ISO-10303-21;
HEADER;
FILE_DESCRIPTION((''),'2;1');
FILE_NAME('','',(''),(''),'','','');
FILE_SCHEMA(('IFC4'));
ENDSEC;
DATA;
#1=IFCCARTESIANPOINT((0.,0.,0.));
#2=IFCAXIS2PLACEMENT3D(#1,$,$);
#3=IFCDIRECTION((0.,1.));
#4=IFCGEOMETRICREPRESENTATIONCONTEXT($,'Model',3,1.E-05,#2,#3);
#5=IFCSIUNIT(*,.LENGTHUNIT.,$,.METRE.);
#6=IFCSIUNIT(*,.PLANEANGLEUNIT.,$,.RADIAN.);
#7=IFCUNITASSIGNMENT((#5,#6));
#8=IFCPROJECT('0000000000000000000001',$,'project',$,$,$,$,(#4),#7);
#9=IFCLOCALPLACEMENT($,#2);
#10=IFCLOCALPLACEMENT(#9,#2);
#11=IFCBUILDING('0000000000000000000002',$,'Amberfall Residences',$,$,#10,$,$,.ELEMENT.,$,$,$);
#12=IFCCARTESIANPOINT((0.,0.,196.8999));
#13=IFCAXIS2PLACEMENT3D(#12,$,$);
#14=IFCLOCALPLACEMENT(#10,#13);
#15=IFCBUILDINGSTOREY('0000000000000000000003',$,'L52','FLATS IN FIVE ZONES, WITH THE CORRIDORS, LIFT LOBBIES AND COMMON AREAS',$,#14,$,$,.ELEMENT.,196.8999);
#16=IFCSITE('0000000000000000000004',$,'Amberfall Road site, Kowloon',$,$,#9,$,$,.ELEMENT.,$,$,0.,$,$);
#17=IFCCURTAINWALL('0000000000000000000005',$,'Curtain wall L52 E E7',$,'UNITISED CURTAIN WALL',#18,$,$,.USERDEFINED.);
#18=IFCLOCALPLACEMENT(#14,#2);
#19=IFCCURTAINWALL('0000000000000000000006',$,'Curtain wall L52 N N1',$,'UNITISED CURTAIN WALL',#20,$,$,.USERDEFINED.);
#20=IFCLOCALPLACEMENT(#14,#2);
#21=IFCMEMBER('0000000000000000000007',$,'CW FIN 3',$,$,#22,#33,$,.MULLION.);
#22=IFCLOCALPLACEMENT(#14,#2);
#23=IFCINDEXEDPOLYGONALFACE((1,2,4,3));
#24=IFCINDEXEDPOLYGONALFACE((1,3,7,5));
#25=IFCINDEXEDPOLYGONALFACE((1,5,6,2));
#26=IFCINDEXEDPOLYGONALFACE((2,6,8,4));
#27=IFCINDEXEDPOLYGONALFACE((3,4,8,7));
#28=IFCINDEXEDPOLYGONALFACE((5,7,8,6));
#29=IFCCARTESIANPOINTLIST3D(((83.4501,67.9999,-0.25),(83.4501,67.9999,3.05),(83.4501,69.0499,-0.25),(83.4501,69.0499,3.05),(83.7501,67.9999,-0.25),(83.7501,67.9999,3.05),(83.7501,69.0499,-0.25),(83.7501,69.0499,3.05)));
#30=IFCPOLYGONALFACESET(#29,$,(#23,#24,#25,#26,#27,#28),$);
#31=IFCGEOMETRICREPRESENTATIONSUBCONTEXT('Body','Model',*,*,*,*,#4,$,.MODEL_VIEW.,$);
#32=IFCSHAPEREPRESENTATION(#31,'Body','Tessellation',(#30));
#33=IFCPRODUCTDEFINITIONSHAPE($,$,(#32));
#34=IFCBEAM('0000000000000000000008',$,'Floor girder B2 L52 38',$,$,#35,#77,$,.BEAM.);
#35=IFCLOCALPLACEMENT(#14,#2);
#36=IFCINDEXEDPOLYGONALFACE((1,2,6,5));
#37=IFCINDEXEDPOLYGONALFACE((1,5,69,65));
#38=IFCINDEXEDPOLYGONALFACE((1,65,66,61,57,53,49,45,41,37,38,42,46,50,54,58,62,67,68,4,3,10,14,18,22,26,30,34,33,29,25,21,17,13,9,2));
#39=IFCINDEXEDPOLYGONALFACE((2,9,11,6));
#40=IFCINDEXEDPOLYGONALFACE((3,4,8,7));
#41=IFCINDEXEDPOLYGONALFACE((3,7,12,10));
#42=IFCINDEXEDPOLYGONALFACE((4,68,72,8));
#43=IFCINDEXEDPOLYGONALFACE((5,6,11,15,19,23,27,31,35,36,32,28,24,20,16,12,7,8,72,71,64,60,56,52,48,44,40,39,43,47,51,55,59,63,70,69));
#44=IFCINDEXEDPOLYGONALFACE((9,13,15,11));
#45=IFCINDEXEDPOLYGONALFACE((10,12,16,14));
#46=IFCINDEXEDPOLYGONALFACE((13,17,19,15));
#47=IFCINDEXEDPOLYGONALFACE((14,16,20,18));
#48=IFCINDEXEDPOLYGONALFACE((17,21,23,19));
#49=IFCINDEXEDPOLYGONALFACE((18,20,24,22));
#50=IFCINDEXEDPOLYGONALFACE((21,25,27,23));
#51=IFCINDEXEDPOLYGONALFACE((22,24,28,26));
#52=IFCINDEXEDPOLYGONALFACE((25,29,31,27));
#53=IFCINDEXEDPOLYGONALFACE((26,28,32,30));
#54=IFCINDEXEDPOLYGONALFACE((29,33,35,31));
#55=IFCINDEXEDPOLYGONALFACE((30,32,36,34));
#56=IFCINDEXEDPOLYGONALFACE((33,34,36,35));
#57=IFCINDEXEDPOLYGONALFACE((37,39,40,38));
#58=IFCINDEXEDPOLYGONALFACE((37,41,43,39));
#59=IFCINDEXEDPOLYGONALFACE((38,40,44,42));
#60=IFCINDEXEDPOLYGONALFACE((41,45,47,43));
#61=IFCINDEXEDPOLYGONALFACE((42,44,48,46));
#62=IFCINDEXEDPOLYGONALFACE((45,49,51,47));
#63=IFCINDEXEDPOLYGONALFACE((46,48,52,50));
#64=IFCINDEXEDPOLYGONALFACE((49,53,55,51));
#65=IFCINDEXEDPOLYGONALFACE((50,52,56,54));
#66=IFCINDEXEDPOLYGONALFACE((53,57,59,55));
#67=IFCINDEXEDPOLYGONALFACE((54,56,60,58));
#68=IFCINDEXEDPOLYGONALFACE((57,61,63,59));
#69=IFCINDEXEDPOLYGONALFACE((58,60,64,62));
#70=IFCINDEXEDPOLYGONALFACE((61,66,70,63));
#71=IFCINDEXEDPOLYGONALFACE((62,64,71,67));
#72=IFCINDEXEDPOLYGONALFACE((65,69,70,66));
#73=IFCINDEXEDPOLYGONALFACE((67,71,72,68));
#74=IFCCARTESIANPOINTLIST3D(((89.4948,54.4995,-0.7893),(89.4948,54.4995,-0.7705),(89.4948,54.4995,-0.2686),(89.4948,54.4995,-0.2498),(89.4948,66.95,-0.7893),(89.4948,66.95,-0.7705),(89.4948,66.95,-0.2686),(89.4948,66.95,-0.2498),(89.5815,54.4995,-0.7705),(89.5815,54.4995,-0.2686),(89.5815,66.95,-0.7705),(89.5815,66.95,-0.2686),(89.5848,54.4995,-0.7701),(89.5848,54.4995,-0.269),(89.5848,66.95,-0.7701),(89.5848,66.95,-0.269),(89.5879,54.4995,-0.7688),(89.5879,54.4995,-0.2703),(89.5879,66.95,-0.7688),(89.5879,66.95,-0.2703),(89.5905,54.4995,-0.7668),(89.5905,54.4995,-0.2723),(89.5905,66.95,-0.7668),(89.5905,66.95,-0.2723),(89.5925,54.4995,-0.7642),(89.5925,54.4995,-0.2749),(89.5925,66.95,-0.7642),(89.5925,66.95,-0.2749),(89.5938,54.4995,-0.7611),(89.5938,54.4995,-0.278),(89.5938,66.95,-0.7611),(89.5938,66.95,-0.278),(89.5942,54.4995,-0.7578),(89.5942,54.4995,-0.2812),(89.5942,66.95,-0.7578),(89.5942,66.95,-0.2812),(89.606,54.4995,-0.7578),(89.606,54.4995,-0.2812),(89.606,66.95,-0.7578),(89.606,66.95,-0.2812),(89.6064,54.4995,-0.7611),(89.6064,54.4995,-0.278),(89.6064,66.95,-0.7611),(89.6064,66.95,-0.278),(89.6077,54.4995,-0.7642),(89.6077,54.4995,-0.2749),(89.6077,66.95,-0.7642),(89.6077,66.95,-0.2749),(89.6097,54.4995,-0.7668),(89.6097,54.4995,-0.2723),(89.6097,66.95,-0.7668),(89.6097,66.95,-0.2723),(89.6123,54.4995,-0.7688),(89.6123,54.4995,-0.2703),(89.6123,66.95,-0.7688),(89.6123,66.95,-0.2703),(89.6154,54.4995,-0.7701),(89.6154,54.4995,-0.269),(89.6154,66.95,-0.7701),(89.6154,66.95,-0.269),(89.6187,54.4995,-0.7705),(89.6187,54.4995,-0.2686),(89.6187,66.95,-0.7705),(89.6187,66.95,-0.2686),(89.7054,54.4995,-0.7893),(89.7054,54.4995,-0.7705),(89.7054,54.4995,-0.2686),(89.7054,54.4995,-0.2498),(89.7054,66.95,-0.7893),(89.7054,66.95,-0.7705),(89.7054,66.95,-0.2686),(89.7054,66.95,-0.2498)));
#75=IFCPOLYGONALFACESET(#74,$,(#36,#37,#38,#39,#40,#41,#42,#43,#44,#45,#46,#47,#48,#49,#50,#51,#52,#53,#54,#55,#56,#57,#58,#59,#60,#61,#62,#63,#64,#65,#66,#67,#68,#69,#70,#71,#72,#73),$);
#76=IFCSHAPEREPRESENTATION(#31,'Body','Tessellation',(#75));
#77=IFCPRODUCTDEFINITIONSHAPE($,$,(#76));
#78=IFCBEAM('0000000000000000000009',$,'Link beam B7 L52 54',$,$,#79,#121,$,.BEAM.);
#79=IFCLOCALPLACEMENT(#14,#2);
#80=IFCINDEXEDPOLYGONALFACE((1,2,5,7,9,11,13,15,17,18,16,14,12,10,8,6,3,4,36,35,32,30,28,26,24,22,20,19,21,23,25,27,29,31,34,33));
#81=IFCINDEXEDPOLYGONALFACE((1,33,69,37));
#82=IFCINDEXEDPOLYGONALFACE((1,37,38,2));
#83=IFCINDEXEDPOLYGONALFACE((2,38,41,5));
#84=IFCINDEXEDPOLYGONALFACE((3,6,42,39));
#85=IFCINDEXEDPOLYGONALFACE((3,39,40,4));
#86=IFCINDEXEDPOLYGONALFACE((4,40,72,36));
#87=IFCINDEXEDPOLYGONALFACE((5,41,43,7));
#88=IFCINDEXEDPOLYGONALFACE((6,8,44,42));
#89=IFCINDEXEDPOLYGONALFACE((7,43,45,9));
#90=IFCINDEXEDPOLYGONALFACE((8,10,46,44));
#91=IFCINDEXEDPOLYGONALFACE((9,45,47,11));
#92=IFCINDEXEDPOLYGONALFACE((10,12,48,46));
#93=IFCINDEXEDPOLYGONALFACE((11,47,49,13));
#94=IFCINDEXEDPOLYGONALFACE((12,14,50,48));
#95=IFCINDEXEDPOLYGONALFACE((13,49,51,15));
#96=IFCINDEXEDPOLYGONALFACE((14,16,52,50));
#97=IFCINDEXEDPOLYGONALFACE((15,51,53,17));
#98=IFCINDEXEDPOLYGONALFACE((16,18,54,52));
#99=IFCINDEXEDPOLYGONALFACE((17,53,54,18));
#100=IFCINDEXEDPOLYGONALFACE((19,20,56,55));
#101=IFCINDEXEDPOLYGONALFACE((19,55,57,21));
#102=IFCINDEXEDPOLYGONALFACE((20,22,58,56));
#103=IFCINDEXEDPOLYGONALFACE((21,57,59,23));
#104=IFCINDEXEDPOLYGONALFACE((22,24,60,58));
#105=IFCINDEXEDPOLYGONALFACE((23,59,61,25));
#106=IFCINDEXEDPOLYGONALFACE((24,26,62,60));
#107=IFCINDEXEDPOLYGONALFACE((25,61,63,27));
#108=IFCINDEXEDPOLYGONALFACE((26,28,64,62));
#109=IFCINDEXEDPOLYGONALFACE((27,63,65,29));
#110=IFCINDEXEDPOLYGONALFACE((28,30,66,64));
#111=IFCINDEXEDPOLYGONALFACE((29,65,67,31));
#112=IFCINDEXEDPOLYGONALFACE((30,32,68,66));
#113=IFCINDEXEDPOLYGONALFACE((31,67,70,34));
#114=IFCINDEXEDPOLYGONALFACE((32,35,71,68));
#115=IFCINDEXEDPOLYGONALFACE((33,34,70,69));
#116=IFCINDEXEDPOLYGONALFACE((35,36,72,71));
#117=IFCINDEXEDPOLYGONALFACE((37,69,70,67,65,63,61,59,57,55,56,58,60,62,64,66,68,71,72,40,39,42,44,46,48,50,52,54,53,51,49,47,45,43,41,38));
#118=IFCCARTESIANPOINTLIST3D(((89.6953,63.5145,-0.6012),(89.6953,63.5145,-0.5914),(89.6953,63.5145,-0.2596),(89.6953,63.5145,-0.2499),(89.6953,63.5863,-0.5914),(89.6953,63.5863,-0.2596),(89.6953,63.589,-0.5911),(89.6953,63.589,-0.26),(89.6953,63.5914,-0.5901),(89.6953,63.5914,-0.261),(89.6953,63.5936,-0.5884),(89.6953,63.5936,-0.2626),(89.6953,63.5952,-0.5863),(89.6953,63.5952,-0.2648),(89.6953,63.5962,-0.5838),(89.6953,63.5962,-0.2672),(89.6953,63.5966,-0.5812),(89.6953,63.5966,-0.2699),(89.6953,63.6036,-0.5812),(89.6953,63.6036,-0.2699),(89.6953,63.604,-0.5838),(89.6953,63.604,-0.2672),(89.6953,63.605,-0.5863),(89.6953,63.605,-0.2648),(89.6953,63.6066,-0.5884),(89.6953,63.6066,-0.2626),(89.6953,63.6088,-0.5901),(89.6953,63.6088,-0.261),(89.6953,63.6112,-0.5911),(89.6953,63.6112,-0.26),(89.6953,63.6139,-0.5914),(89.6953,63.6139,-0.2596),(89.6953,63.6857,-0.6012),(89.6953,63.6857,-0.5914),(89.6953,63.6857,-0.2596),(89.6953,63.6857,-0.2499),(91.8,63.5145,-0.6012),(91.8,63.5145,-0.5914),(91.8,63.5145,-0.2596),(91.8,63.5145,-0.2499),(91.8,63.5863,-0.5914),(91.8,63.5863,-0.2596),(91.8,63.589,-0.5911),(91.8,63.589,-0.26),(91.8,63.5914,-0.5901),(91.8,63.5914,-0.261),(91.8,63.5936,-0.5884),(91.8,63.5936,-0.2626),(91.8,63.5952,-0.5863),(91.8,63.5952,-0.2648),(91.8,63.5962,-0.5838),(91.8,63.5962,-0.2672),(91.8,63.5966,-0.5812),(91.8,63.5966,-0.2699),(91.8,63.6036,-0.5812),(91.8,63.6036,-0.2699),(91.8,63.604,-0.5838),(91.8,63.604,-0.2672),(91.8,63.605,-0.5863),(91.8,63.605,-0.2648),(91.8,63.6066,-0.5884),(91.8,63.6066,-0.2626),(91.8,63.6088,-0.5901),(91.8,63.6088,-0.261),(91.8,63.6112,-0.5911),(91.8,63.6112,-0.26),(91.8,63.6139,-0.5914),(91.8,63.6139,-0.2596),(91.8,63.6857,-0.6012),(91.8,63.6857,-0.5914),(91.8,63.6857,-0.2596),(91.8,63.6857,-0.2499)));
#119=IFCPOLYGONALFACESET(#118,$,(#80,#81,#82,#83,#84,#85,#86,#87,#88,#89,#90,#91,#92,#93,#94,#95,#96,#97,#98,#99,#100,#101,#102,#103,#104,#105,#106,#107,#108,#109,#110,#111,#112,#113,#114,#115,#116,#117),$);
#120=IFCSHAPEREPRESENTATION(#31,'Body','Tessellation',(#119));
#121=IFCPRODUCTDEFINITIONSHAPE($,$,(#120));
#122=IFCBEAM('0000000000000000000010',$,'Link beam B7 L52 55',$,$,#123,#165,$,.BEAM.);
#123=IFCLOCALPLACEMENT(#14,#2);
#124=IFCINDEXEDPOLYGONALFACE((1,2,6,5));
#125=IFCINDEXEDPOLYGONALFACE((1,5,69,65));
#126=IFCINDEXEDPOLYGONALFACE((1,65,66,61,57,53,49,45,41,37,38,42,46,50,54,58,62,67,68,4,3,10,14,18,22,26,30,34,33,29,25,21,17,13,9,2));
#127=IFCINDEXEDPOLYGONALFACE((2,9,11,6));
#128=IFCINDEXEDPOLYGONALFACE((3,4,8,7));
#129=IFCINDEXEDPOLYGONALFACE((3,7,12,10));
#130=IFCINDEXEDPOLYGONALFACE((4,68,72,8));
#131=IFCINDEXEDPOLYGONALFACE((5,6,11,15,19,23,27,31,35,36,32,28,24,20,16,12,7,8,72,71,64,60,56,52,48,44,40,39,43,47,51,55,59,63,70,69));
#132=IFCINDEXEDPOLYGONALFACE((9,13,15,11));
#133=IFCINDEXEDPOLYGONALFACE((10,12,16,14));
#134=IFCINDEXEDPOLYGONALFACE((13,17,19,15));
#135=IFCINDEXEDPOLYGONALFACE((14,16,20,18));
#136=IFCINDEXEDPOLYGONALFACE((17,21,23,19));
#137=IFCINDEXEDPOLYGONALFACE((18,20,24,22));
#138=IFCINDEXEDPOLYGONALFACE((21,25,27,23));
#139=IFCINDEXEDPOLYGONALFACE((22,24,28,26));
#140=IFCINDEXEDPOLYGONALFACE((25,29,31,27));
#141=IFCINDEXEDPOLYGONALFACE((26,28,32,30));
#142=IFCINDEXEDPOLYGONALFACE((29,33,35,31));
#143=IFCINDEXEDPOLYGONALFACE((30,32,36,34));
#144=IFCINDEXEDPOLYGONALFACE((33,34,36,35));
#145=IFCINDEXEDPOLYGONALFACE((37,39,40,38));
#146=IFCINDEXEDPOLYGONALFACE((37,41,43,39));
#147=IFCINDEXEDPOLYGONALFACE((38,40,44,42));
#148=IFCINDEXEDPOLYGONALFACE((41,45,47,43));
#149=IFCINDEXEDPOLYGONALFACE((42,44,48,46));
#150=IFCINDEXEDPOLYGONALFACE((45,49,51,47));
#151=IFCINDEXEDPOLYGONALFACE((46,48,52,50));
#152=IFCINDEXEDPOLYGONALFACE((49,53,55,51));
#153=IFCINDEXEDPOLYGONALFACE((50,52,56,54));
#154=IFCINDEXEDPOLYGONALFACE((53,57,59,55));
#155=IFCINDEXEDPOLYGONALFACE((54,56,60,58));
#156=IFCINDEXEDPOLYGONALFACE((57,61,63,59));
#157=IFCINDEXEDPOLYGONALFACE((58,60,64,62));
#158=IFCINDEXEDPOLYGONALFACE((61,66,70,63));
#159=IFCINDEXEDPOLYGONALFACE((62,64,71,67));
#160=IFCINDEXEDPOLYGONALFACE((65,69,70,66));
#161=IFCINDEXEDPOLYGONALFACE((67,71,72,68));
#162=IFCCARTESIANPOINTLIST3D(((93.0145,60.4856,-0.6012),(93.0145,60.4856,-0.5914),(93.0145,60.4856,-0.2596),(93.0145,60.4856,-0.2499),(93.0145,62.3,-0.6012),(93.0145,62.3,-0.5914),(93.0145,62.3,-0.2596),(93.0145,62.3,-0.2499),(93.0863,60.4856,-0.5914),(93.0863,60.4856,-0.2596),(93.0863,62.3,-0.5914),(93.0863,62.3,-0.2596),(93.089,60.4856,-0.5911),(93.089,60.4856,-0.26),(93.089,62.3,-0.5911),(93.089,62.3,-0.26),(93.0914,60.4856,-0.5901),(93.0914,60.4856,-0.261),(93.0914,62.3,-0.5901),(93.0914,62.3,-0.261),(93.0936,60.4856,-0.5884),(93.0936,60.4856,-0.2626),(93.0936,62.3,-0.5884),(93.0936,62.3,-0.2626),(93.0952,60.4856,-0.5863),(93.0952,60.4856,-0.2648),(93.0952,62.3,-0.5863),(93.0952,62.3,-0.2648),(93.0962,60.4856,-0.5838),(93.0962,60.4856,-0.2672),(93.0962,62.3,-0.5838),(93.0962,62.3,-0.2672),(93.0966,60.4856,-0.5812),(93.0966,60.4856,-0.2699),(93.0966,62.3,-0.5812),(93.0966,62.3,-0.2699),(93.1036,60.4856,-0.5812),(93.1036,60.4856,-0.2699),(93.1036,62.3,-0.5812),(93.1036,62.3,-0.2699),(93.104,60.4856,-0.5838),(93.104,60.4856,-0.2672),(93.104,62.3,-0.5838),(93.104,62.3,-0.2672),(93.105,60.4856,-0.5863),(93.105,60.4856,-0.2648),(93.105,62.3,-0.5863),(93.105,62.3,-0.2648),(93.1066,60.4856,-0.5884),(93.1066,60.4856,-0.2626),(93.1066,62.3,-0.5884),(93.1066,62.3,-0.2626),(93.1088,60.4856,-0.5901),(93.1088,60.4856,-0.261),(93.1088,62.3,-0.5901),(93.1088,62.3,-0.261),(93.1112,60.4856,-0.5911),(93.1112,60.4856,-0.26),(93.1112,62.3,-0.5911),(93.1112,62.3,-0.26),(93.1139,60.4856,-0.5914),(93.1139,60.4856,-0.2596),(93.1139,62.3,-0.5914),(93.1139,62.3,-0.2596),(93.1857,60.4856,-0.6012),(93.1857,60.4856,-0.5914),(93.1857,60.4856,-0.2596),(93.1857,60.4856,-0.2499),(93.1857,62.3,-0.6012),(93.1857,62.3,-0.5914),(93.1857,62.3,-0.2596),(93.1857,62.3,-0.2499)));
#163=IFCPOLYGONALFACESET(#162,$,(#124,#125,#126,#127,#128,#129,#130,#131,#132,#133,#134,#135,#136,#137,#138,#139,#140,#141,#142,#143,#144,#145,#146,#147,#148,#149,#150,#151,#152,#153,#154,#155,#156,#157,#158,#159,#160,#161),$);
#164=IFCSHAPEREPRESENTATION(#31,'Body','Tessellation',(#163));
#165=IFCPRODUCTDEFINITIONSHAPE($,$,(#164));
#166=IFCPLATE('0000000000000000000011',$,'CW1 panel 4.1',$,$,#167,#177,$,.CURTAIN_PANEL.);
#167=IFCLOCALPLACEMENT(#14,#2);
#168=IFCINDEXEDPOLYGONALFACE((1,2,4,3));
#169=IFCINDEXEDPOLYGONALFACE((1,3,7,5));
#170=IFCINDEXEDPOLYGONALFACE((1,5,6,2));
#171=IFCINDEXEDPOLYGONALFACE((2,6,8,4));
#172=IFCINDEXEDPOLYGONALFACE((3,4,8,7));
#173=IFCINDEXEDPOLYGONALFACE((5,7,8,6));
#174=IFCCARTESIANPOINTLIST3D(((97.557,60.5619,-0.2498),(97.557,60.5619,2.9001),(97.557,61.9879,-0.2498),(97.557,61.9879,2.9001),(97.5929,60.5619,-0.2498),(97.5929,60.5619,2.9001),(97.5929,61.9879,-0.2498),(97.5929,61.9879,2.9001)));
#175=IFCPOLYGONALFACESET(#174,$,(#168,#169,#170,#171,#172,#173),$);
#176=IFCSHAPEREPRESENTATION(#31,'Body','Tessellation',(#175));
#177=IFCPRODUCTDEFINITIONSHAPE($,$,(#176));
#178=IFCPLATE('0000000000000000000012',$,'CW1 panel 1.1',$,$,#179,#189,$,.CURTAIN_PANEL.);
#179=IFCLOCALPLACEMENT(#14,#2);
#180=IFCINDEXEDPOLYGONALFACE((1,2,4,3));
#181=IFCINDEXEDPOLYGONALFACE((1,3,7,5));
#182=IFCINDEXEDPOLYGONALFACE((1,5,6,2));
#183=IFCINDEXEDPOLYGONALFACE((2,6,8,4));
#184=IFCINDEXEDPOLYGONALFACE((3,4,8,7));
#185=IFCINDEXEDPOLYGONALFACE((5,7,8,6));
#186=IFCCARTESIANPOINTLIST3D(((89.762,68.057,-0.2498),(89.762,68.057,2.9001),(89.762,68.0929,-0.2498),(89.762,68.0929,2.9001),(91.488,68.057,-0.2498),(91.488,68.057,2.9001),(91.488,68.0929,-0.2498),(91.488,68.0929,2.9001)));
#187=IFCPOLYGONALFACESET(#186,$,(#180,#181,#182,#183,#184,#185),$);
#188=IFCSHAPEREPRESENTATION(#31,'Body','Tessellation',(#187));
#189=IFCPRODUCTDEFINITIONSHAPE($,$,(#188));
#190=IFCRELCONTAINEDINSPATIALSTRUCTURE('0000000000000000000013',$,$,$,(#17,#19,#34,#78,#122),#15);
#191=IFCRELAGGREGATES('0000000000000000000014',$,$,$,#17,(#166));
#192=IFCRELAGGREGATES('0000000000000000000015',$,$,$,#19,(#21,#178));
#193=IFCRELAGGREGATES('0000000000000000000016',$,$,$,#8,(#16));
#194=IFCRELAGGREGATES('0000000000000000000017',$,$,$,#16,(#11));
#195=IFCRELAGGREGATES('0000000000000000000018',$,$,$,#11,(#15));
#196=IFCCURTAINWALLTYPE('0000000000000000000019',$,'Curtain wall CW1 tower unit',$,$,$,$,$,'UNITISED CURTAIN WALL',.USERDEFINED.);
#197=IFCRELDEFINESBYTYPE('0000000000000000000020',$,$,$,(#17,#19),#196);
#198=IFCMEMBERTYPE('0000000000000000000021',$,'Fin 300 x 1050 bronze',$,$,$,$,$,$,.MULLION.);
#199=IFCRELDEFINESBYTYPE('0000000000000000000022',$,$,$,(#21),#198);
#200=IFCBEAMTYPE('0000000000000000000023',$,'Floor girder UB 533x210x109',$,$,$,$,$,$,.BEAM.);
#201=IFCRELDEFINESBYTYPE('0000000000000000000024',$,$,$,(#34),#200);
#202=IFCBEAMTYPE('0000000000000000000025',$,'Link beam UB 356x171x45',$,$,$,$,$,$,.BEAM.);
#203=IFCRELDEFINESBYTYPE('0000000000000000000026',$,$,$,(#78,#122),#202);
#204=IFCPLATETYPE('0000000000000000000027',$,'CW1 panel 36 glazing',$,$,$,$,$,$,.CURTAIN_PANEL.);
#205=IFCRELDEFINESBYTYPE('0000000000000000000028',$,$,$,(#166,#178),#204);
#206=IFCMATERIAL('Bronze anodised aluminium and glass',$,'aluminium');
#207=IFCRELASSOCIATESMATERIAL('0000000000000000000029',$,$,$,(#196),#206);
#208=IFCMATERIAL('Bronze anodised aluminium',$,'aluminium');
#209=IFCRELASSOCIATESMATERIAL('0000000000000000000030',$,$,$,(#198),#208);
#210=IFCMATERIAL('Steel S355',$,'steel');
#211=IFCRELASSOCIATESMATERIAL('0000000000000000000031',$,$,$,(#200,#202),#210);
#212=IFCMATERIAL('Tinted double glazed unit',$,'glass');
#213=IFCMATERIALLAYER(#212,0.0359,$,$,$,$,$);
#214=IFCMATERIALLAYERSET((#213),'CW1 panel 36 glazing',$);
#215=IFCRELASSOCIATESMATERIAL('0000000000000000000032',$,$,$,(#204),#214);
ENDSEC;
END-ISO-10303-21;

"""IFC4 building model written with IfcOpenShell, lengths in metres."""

from ifc_helpers import new_model, si_unit, direction, frame, origin, origin_2d, place, context, subcontext, project, spatial, rectangle, i_section, extrude, material, layer, layer_set, material_profile, profile_set, type_object, element, aggregate, save


model = new_model("IFC4")

# Units and contexts
model_context = context("Model", 3, precision=1e-05, world=origin(), true_north=direction((0.0, 1.0)))
body_context = subcontext(model_context, "Body", "Model", "MODEL_VIEW")
ifc_project = project(units=[si_unit("LENGTHUNIT", "METRE"), si_unit("PLANEANGLEUNIT", "RADIAN")], contexts=[model_context])

# Site, building, storey
site_placement = place(None, origin())
site = spatial("IfcSite", under=ifc_project, at=site_placement, Name="Amberfall Road site, Kowloon", CompositionType="ELEMENT", RefElevation=0.0)
building_placement = place(site_placement, origin())
building = spatial("IfcBuilding", under=site, at=building_placement, Name="Amberfall Residences", CompositionType="ELEMENT")
storey_placement = place(building_placement, frame((0.0, 0.0, 196.8999)))
storey = spatial("IfcBuildingStorey", under=building, at=storey_placement, Name="L52", Description="FLATS IN FIVE ZONES, WITH THE CORRIDORS, LIFT LOBBIES AND COMMON AREAS", CompositionType="ELEMENT", Elevation=196.8999)

# Curtain wall
ifc_material_1 = material(Name="Bronze anodised aluminium and glass", Category="aluminium")
curtain_wall_type = type_object("IfcCurtainWallType", Name="Curtain wall CW1 tower unit", ElementType="UNITISED CURTAIN WALL", PredefinedType="USERDEFINED", material=ifc_material_1)
curtain_wall_1_placement = place(storey_placement, origin())
curtain_wall_1 = element("IfcCurtainWall", 1, at=curtain_wall_1_placement, inside=storey, type_object=curtain_wall_type, Name="Curtain wall L52 E E7", ObjectType="UNITISED CURTAIN WALL", PredefinedType="USERDEFINED")
ifc_material_2 = material(Name="Bronze anodised aluminium", Category="aluminium")

# Curtain wall
curtain_wall_2_placement = place(storey_placement, origin())
curtain_wall_2 = element("IfcCurtainWall", 2, at=curtain_wall_2_placement, inside=storey, type_object=curtain_wall_type, Name="Curtain wall L52 N N1", ObjectType="UNITISED CURTAIN WALL", PredefinedType="USERDEFINED")

# Shared definitions
ifc_material_3 = material(Name="Steel S355", Category="steel")

# Member
ifc_material_profile_1 = material_profile(ifc_material_2, rectangle(XDim=1.05, YDim=0.3, at=origin_2d()), Name="Fin 300 x 1050 bronze")
ifc_profile_set_1 = profile_set([ifc_material_profile_1], Name="Bronze anodised aluminium")
member_type_1 = type_object("IfcMemberType", Name="Fin 300 x 1050 bronze", PredefinedType="MULLION", material=ifc_profile_set_1)
member_1_placement = place(storey_placement, frame((83.6001, 68.5249, -0.25), z_axis=(0.0, 0.0, 1.0), x_axis=(0.0, -1.0, 0.0)))
member_1 = element("IfcMember", 3, at=member_1_placement, type_object=member_type_1, Name="CW FIN 3", PredefinedType="MULLION", context=body_context, shape_type="SweptSolid", body=[
    extrude(rectangle(XDim=1.05, YDim=0.3, at=origin_2d()), origin(), (0.0, 0.0, 1.0), 3.3),
])

# Beams
ifc_material_profile_2 = material_profile(ifc_material_3, i_section(OverallWidth=0.2107, OverallDepth=0.5396, WebThickness=0.0117, FlangeThickness=0.0188, FilletRadius=0.0127, at=origin_2d()), Name="UB 533x210x109")
ifc_profile_set_2 = profile_set([ifc_material_profile_2], Name="Steel S355")
beam_type_1 = type_object("IfcBeamType", Name="Floor girder UB 533x210x109", PredefinedType="BEAM", material=ifc_profile_set_2)
beam_1_placement = place(storey_placement, frame((89.6001, 66.95, -0.5195), z_axis=(0.0, -1.0, 0.0), x_axis=(1.0, 0.0, 0.0)))
element("IfcBeam", 4, at=beam_1_placement, inside=storey, type_object=beam_type_1, Name="Floor girder B2 L52 38", PredefinedType="BEAM", context=body_context, shape_type="SweptSolid", body=[
    extrude(i_section(OverallWidth=0.2107, OverallDepth=0.5396, WebThickness=0.0117, FlangeThickness=0.0188, FilletRadius=0.0127, at=origin_2d()), origin(), (0.0, 0.0, 1.0), 12.4504),
])
ifc_material_profile_3 = material_profile(ifc_material_3, i_section(OverallWidth=0.1711, OverallDepth=0.3513, WebThickness=0.0071, FlangeThickness=0.0098, FilletRadius=0.0103, at=origin_2d()), Name="UB 356x171x45")
ifc_profile_set_3 = profile_set([ifc_material_profile_3], Name="Steel S355")
beam_type_2 = type_object("IfcBeamType", Name="Link beam UB 356x171x45", PredefinedType="BEAM", material=ifc_profile_set_3)
beam_2_placement = place(storey_placement, frame((91.8, 63.6001, -0.4255), z_axis=(-1.0, 0.0, 0.0), x_axis=(0.0, -1.0, 0.0)))
element("IfcBeam", 5, at=beam_2_placement, inside=storey, type_object=beam_type_2, Name="Link beam B7 L52 54", PredefinedType="BEAM", context=body_context, shape_type="SweptSolid", body=[
    extrude(i_section(OverallWidth=0.1711, OverallDepth=0.3513, WebThickness=0.0071, FlangeThickness=0.0098, FilletRadius=0.0103, at=origin_2d()), origin(), (0.0, 0.0, 1.0), 2.1047),
])
beam_3_placement = place(storey_placement, frame((93.1001, 62.3, -0.4255), z_axis=(0.0, -1.0, 0.0), x_axis=(1.0, 0.0, 0.0)))
element("IfcBeam", 6, at=beam_3_placement, inside=storey, type_object=beam_type_2, Name="Link beam B7 L52 55", PredefinedType="BEAM", context=body_context, shape_type="SweptSolid", body=[
    extrude(i_section(OverallWidth=0.1711, OverallDepth=0.3513, WebThickness=0.0071, FlangeThickness=0.0098, FilletRadius=0.0103, at=origin_2d()), origin(), (0.0, 0.0, 1.0), 1.8145),
])

# Plates
ifc_material_4 = material(Name="Tinted double glazed unit", Category="glass")
ifc_layer_1 = layer(ifc_material_4, 0.0359)
ifc_layer_set_1 = layer_set([ifc_layer_1], Name="CW1 panel 36 glazing")
plate_type = type_object("IfcPlateType", Name="CW1 panel 36 glazing", PredefinedType="CURTAIN_PANEL", material=ifc_layer_set_1)
plate_1_placement = place(storey_placement, frame((97.575, 61.2749, -0.2498), z_axis=(0.0, 0.0, 1.0), x_axis=(0.0, 1.0, 0.0)))
plate_1 = element("IfcPlate", 7, at=plate_1_placement, type_object=plate_type, Name="CW1 panel 4.1", PredefinedType="CURTAIN_PANEL", context=body_context, shape_type="SweptSolid", body=[
    extrude(rectangle(XDim=1.426, YDim=0.0359, at=origin_2d()), origin(), (0.0, 0.0, 1.0), 3.1499),
])
aggregate(curtain_wall_1, [plate_1])
plate_2_placement = place(storey_placement, frame((90.625, 68.075, -0.2498), z_axis=(0.0, 0.0, 1.0), x_axis=(-1.0, 0.0, 0.0)))
plate_2 = element("IfcPlate", 8, at=plate_2_placement, type_object=plate_type, Name="CW1 panel 1.1", PredefinedType="CURTAIN_PANEL", context=body_context, shape_type="SweptSolid", body=[
    extrude(rectangle(XDim=1.7261, YDim=0.0359, at=origin_2d()), origin(), (0.0, 0.0, 1.0), 3.1499),
])
aggregate(curtain_wall_2, [member_1, plate_2])

save(model, "model.ifc")
